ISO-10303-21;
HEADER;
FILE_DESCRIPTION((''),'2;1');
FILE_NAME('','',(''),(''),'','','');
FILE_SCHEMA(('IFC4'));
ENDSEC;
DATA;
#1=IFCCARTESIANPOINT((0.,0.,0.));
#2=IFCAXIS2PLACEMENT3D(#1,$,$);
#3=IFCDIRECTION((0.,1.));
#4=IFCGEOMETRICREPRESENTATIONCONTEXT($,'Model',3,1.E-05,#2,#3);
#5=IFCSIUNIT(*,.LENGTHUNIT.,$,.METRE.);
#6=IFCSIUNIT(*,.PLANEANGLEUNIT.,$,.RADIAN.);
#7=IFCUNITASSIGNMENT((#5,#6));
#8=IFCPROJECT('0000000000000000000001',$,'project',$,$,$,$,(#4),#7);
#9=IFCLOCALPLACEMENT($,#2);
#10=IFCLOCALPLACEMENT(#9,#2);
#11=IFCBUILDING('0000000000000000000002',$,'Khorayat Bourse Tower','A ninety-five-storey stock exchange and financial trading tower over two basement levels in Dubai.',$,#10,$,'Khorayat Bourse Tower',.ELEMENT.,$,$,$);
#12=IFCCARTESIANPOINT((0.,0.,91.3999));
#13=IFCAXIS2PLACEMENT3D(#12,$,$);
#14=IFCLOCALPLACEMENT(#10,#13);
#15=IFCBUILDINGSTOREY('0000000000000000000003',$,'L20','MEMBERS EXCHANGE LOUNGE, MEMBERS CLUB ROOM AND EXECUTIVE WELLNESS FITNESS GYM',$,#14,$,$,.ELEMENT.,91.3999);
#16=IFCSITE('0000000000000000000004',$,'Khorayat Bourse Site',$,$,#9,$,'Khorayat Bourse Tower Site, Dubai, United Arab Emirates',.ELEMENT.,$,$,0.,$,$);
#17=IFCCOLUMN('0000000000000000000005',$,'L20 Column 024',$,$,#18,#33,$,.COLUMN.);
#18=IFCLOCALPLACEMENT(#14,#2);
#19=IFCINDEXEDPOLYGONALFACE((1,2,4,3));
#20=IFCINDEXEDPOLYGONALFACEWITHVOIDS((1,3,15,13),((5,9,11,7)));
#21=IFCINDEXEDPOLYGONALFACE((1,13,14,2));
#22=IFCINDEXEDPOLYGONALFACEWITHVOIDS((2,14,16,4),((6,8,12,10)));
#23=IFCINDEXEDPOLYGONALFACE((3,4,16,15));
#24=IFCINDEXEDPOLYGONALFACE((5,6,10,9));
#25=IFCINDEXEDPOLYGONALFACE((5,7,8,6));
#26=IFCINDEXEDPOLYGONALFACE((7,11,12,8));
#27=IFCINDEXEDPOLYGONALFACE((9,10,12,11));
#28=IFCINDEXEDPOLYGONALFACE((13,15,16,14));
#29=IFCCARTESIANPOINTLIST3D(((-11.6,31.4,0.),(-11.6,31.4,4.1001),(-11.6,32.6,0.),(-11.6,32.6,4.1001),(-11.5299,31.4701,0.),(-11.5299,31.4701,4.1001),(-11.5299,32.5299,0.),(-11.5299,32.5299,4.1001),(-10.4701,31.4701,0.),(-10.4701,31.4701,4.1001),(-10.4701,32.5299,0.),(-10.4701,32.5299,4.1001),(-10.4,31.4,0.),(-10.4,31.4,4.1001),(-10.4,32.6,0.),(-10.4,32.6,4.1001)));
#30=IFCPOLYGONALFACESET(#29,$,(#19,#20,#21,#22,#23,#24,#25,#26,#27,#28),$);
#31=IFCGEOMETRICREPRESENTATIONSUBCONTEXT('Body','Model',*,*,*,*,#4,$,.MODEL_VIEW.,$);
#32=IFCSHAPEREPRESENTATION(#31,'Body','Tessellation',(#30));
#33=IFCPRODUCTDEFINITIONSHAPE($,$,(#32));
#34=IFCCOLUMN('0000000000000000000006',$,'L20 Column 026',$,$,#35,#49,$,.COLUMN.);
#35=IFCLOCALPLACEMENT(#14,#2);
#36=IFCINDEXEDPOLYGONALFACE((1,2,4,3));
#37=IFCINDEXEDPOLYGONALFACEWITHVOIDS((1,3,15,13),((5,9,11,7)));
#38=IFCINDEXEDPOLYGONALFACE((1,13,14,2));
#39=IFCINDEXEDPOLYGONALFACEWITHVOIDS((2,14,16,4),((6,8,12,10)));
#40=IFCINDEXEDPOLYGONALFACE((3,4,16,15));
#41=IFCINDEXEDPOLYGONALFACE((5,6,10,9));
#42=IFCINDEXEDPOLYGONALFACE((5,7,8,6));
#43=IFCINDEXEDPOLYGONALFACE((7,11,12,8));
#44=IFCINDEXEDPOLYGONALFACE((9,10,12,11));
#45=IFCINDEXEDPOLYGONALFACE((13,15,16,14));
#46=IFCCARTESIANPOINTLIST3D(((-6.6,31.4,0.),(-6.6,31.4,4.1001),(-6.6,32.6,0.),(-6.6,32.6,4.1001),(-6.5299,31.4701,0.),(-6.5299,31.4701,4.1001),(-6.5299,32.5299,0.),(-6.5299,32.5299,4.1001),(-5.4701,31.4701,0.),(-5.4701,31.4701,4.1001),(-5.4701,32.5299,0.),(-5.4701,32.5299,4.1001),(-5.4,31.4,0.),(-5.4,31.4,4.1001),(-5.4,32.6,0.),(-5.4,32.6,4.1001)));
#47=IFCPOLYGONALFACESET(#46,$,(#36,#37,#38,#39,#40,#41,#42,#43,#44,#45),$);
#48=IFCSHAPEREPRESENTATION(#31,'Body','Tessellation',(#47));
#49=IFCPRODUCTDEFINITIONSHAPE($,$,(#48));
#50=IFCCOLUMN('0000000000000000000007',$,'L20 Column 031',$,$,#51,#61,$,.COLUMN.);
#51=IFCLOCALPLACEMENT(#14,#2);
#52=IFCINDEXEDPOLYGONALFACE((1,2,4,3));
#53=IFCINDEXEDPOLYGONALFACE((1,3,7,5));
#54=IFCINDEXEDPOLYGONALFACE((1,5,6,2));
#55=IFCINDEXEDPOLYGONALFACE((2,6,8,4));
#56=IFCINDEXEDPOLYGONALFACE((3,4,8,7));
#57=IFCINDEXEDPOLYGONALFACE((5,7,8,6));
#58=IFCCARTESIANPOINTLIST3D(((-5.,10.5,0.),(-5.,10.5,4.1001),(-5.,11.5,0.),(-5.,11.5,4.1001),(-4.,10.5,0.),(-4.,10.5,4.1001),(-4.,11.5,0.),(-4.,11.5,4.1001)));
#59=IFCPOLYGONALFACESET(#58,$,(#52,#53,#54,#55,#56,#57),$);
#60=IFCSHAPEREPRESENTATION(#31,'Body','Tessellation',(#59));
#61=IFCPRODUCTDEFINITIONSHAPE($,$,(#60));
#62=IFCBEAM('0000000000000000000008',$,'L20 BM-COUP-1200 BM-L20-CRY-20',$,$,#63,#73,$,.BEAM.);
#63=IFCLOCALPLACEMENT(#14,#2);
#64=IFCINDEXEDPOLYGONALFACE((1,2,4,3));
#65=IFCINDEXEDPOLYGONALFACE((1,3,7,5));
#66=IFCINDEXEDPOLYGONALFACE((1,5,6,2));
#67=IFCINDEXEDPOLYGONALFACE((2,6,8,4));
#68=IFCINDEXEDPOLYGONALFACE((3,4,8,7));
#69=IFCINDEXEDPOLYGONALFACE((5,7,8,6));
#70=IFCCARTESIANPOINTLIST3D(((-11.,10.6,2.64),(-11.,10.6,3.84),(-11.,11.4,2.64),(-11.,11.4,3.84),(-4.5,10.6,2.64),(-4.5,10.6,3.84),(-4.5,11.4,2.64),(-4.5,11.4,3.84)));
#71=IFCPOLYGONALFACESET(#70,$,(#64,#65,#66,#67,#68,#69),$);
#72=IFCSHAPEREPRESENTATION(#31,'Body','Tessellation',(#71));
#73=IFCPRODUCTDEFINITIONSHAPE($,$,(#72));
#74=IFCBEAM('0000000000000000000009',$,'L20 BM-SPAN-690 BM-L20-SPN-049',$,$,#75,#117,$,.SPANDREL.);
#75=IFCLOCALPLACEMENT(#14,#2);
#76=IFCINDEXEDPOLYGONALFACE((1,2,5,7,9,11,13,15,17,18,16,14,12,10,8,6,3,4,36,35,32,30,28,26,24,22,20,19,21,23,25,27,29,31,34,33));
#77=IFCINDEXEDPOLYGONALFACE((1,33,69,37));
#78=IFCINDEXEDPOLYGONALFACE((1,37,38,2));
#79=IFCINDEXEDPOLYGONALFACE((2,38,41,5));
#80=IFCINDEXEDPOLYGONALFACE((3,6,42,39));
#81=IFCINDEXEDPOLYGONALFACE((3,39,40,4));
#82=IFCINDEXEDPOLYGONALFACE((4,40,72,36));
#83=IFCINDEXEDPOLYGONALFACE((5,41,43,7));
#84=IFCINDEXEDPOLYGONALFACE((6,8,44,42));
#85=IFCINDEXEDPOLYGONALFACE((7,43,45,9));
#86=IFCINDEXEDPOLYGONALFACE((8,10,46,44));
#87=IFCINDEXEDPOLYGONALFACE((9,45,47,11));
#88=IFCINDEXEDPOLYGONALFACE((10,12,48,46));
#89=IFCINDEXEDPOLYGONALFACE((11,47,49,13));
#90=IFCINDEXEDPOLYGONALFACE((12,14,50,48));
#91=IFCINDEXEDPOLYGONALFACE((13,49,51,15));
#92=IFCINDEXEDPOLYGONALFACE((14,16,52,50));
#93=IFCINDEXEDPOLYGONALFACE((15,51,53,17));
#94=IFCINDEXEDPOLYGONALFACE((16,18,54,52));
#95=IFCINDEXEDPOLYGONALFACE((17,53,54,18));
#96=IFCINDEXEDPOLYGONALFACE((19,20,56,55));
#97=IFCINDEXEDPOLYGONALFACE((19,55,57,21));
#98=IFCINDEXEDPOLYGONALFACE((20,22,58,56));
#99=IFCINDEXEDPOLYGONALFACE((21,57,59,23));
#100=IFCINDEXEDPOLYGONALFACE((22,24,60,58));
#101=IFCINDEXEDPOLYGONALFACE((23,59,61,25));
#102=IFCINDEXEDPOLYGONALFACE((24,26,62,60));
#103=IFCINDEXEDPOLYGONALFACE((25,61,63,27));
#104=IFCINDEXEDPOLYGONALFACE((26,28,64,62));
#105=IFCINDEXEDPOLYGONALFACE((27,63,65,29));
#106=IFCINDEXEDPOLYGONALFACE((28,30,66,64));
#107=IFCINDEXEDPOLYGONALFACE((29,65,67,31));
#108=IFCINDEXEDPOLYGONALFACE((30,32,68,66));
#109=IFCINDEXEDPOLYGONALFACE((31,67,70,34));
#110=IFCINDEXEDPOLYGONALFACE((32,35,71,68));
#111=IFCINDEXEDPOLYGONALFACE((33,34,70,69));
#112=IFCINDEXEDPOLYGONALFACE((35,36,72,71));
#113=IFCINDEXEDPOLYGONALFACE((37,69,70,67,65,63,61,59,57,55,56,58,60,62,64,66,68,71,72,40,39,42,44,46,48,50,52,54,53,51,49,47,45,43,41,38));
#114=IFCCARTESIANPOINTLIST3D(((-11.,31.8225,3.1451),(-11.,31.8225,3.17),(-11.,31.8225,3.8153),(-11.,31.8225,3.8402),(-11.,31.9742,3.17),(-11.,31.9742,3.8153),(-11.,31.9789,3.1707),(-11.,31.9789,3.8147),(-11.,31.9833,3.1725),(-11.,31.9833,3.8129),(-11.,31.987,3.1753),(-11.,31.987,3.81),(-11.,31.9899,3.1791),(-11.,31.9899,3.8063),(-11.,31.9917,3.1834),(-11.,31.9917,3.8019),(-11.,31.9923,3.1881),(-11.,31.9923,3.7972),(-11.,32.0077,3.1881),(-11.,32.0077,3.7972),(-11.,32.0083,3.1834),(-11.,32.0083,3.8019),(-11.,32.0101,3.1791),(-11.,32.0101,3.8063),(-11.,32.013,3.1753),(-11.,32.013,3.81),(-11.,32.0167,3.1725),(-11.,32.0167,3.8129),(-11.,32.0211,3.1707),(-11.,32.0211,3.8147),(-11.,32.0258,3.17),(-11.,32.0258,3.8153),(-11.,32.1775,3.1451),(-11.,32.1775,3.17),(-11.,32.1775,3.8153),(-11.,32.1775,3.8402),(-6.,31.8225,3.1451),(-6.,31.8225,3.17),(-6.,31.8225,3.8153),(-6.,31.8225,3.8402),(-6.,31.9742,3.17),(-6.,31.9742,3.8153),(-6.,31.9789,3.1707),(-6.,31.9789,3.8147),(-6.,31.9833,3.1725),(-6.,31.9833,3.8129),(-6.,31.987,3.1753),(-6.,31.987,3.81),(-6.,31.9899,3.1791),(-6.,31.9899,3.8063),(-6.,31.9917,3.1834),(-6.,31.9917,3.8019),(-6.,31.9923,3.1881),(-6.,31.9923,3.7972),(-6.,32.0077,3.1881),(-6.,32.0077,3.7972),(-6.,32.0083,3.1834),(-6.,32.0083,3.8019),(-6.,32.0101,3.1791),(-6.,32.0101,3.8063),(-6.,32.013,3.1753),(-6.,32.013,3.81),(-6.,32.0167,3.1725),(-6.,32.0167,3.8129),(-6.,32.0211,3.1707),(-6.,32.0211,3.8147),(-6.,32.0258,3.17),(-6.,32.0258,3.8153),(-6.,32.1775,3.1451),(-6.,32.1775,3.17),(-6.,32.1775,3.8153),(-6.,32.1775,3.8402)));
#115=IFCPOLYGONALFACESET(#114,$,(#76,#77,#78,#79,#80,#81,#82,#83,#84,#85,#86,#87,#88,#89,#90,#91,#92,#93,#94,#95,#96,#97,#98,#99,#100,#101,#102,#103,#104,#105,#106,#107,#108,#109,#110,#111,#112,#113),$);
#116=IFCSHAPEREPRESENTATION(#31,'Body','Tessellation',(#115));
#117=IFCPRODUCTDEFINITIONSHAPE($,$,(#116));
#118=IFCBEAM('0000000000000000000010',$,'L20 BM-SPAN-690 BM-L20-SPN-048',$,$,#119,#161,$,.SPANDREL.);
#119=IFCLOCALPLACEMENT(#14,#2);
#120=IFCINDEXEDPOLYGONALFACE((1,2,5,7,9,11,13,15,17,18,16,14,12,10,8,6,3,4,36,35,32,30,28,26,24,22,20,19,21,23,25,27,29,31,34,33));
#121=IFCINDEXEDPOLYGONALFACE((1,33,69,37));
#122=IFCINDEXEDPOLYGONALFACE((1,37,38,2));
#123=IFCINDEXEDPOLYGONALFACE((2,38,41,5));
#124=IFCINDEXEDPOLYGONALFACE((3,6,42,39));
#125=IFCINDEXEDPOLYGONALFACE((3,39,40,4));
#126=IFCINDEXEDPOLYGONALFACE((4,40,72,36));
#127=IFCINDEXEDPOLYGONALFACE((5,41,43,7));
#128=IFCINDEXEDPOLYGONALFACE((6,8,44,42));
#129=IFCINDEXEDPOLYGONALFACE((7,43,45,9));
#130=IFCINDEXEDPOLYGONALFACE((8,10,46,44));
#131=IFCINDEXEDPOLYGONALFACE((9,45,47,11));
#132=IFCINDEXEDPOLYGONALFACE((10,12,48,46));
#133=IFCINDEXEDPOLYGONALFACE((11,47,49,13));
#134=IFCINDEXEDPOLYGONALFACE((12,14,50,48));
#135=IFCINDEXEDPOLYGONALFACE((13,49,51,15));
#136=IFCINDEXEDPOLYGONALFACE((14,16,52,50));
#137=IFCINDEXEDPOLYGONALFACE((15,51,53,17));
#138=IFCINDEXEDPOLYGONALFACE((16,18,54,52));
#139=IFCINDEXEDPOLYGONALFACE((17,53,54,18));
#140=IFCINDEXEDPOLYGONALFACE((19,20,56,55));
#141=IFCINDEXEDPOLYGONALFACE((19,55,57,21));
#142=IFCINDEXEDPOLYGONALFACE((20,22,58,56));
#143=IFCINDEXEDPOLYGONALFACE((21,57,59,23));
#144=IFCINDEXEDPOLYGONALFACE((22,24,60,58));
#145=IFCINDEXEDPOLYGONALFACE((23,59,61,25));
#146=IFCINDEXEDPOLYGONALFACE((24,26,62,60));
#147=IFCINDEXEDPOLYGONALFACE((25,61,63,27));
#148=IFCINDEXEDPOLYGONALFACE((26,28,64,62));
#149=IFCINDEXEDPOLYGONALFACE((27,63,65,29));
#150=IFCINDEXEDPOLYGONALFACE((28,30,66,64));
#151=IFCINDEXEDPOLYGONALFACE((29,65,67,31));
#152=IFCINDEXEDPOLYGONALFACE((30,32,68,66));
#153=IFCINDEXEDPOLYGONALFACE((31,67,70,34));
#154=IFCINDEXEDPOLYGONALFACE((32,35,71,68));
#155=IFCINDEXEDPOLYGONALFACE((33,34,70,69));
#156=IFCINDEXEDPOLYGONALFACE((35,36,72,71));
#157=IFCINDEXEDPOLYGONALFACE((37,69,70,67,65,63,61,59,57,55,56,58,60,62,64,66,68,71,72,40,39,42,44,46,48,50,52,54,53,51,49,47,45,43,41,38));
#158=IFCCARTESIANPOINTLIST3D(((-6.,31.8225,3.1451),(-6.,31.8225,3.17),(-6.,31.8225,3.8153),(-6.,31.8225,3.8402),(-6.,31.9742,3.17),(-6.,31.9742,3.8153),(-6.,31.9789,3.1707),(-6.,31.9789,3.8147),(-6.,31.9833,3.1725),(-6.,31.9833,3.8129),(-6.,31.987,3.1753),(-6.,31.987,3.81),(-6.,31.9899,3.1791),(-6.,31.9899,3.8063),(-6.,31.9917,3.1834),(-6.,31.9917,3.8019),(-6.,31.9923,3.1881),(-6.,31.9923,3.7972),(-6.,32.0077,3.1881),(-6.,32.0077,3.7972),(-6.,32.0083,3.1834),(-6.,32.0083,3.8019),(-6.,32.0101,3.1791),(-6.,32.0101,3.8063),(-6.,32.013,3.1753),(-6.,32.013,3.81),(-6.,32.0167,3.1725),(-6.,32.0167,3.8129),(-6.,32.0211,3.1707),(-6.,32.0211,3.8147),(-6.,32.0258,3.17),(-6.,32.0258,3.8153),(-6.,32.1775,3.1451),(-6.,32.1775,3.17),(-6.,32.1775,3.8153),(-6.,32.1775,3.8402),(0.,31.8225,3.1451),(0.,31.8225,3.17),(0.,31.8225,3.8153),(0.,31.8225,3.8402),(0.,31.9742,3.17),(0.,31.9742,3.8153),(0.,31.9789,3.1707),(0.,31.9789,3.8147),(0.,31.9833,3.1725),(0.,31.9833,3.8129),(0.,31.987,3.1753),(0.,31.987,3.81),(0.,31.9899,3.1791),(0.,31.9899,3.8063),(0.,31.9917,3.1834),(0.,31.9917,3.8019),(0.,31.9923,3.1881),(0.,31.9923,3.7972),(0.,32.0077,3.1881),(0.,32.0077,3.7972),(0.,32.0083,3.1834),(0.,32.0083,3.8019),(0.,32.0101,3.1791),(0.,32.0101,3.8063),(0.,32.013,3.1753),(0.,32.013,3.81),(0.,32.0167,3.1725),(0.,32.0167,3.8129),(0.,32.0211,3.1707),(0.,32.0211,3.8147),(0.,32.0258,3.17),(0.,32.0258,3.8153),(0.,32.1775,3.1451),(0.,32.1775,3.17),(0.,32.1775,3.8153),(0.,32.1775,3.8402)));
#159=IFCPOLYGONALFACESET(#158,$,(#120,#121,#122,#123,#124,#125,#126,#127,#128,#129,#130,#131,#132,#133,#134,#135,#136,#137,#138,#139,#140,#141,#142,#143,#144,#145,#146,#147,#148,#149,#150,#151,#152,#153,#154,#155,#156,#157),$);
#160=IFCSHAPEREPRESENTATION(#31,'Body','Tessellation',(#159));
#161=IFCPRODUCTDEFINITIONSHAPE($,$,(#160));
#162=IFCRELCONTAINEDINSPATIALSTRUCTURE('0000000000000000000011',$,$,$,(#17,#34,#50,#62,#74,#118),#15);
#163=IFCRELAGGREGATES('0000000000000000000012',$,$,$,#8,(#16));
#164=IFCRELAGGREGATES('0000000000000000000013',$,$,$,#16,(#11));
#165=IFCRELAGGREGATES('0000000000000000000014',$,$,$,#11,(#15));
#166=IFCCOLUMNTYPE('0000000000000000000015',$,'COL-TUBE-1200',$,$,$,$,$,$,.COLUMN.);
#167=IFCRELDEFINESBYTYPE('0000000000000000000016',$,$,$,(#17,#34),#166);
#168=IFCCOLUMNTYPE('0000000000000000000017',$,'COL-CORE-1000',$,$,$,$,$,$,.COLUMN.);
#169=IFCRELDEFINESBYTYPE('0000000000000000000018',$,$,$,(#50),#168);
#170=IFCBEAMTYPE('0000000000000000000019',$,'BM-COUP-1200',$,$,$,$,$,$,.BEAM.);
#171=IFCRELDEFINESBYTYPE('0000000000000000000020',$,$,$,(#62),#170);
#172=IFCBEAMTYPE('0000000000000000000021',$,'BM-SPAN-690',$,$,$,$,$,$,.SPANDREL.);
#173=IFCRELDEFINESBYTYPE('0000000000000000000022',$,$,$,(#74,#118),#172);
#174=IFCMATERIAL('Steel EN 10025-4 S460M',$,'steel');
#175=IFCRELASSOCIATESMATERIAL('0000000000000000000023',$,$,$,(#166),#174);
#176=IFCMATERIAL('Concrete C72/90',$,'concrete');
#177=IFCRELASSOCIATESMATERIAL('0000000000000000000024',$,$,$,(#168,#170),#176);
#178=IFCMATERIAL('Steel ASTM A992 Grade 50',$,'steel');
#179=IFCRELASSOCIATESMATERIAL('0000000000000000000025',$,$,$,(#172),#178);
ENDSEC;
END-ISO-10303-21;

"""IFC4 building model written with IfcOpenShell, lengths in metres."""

from ifc_helpers import new_model, si_unit, direction, frame, origin, origin_2d, place, context, subcontext, project, spatial, rectangle, hollow_rectangle, i_section, extrude, source, transform, mapped, material, material_profile, profile_set, type_object, element, save


model = new_model("IFC4")

# Units and contexts
model_context = context("Model", 3, precision=1e-05, world=origin(), true_north=direction((0.0, 1.0)))
body_context = subcontext(model_context, "Body", "Model", "MODEL_VIEW")
ifc_project = project(units=[si_unit("LENGTHUNIT", "METRE"), si_unit("PLANEANGLEUNIT", "RADIAN")], contexts=[model_context])

# Site, building, storey
site_placement = place(None, origin())
site = spatial("IfcSite", under=ifc_project, at=site_placement, Name="Khorayat Bourse Site", LongName="Khorayat Bourse Tower Site, Dubai, United Arab Emirates", CompositionType="ELEMENT", RefElevation=0.0)
building_placement = place(site_placement, origin())
building = spatial("IfcBuilding", under=site, at=building_placement, Name="Khorayat Bourse Tower", Description="A ninety-five-storey stock exchange and financial trading tower over two basement levels in Dubai.", LongName="Khorayat Bourse Tower", CompositionType="ELEMENT")
storey_placement = place(building_placement, frame((0.0, 0.0, 91.3999)))
storey = spatial("IfcBuildingStorey", under=building, at=storey_placement, Name="L20", Description="MEMBERS EXCHANGE LOUNGE, MEMBERS CLUB ROOM AND EXECUTIVE WELLNESS FITNESS GYM", CompositionType="ELEMENT", Elevation=91.3999)

# Columns
ifc_material_1 = material(Name="Steel EN 10025-4 S460M", Category="steel")
ifc_material_profile_1 = material_profile(ifc_material_1, hollow_rectangle(XDim=1.2, YDim=1.2, WallThickness=0.0701, at=origin_2d()), Name="BOX 1200x1200x70")
ifc_profile_set_1 = profile_set([ifc_material_profile_1], Name="Steel EN 10025-4 S460M")
column_type_1 = type_object("IfcColumnType", Name="COL-TUBE-1200", PredefinedType="COLUMN", material=ifc_profile_set_1)
shared_shape_1 = source(origin(), body_context, "Body", "SweptSolid", [
    extrude(hollow_rectangle(XDim=1.2, YDim=1.2, WallThickness=0.0701, at=origin_2d()), origin(), (0.0, 0.0, 1.0), 4.1001),
])
for number, where, z_axis, x_axis, name in (
    (1, (-11.0, 32.0, 0.0), (0.0, 0.0, 1.0), (1.0, 0.0, 0.0), "L20 Column 024"),
    (2, (-6.0, 32.0, 0.0), (0.0, 0.0, 1.0), (1.0, 0.0, 0.0), "L20 Column 026"),
):
    element("IfcColumn", number, at=place(storey_placement, frame(where, z_axis=z_axis, x_axis=x_axis)), inside=storey, type_object=column_type_1, Name=name, PredefinedType="COLUMN", context=body_context, shape_type="MappedRepresentation", body=[
        mapped(shared_shape_1, transform((0.0, 0.0, 0.0), scale=1.0)),
    ])
ifc_material_2 = material(Name="Concrete C72/90", Category="concrete")
ifc_material_profile_2 = material_profile(ifc_material_2, rectangle(XDim=1.0, YDim=1.0, at=origin_2d()), Name="RC 1000x1000")
ifc_profile_set_2 = profile_set([ifc_material_profile_2], Name="Concrete C72/90")
column_type_2 = type_object("IfcColumnType", Name="COL-CORE-1000", PredefinedType="COLUMN", material=ifc_profile_set_2)
shared_shape_2 = source(origin(), body_context, "Body", "SweptSolid", [
    extrude(rectangle(XDim=1.0, YDim=1.0, at=origin_2d()), origin(), (0.0, 0.0, 1.0), 4.1001),
])
column_placement = place(storey_placement, frame((-4.5, 11.0, 0.0), z_axis=(0.0, 0.0, 1.0), x_axis=(1.0, 0.0, 0.0)))
element("IfcColumn", 3, at=column_placement, inside=storey, type_object=column_type_2, Name="L20 Column 031", PredefinedType="COLUMN", context=body_context, shape_type="MappedRepresentation", body=[
    mapped(shared_shape_2, transform((0.0, 0.0, 0.0), scale=1.0)),
])

# Beams
ifc_material_profile_3 = material_profile(ifc_material_2, rectangle(XDim=0.8, YDim=1.2, at=origin_2d()), Name="RC 800x1200")
ifc_profile_set_3 = profile_set([ifc_material_profile_3], Name="Concrete C72/90")
beam_type_1 = type_object("IfcBeamType", Name="BM-COUP-1200", PredefinedType="BEAM", material=ifc_profile_set_3)
shared_shape_3 = source(origin(), body_context, "Body", "SweptSolid", [
    extrude(rectangle(XDim=0.8, YDim=1.2, at=origin_2d()), origin(), (0.0, 0.0, 1.0), 6.5),
])
beam_1_placement = place(storey_placement, frame((-11.0, 11.0, 3.24), z_axis=(1.0, 0.0, 0.0), x_axis=(0.0, 1.0, 0.0)))
element("IfcBeam", 4, at=beam_1_placement, inside=storey, type_object=beam_type_1, Name="L20 BM-COUP-1200 BM-L20-CRY-20", PredefinedType="BEAM", context=body_context, shape_type="MappedRepresentation", body=[
    mapped(shared_shape_3, transform((0.0, 0.0, 0.0), scale=1.0)),
])
ifc_material_3 = material(Name="Steel ASTM A992 Grade 50", Category="steel")
ifc_material_profile_4 = material_profile(ifc_material_3, i_section(OverallWidth=0.355, OverallDepth=0.6951, WebThickness=0.0154, FlangeThickness=0.0249, FilletRadius=0.0181, at=origin_2d()), Name="W690X217")
ifc_profile_set_4 = profile_set([ifc_material_profile_4], Name="Steel ASTM A992 Grade 50")
beam_type_2 = type_object("IfcBeamType", Name="BM-SPAN-690", PredefinedType="SPANDREL", material=ifc_profile_set_4)
shared_shape_4 = source(origin(), body_context, "Body", "SweptSolid", [
    extrude(i_section(OverallWidth=0.355, OverallDepth=0.6951, WebThickness=0.0154, FlangeThickness=0.0249, FilletRadius=0.0181, at=origin_2d()), origin(), (0.0, 0.0, 1.0), 5.0),
])
beam_2_placement = place(storey_placement, frame((-11.0, 32.0, 3.4927), z_axis=(1.0, 0.0, 0.0), x_axis=(0.0, 1.0, 0.0)))
element("IfcBeam", 5, at=beam_2_placement, inside=storey, type_object=beam_type_2, Name="L20 BM-SPAN-690 BM-L20-SPN-049", PredefinedType="SPANDREL", context=body_context, shape_type="MappedRepresentation", body=[
    mapped(shared_shape_4, transform((0.0, 0.0, 0.0), scale=1.0)),
])
shared_shape_5 = source(origin(), body_context, "Body", "SweptSolid", [
    extrude(i_section(OverallWidth=0.355, OverallDepth=0.6951, WebThickness=0.0154, FlangeThickness=0.0249, FilletRadius=0.0181, at=origin_2d()), origin(), (0.0, 0.0, 1.0), 6.0),
])
beam_3_placement = place(storey_placement, frame((-6.0, 32.0, 3.4927), z_axis=(1.0, 0.0, 0.0), x_axis=(0.0, 1.0, 0.0)))
element("IfcBeam", 6, at=beam_3_placement, inside=storey, type_object=beam_type_2, Name="L20 BM-SPAN-690 BM-L20-SPN-048", PredefinedType="SPANDREL", context=body_context, shape_type="MappedRepresentation", body=[
    mapped(shared_shape_5, transform((0.0, 0.0, 0.0), scale=1.0)),
])

save(model, "model.ifc")
